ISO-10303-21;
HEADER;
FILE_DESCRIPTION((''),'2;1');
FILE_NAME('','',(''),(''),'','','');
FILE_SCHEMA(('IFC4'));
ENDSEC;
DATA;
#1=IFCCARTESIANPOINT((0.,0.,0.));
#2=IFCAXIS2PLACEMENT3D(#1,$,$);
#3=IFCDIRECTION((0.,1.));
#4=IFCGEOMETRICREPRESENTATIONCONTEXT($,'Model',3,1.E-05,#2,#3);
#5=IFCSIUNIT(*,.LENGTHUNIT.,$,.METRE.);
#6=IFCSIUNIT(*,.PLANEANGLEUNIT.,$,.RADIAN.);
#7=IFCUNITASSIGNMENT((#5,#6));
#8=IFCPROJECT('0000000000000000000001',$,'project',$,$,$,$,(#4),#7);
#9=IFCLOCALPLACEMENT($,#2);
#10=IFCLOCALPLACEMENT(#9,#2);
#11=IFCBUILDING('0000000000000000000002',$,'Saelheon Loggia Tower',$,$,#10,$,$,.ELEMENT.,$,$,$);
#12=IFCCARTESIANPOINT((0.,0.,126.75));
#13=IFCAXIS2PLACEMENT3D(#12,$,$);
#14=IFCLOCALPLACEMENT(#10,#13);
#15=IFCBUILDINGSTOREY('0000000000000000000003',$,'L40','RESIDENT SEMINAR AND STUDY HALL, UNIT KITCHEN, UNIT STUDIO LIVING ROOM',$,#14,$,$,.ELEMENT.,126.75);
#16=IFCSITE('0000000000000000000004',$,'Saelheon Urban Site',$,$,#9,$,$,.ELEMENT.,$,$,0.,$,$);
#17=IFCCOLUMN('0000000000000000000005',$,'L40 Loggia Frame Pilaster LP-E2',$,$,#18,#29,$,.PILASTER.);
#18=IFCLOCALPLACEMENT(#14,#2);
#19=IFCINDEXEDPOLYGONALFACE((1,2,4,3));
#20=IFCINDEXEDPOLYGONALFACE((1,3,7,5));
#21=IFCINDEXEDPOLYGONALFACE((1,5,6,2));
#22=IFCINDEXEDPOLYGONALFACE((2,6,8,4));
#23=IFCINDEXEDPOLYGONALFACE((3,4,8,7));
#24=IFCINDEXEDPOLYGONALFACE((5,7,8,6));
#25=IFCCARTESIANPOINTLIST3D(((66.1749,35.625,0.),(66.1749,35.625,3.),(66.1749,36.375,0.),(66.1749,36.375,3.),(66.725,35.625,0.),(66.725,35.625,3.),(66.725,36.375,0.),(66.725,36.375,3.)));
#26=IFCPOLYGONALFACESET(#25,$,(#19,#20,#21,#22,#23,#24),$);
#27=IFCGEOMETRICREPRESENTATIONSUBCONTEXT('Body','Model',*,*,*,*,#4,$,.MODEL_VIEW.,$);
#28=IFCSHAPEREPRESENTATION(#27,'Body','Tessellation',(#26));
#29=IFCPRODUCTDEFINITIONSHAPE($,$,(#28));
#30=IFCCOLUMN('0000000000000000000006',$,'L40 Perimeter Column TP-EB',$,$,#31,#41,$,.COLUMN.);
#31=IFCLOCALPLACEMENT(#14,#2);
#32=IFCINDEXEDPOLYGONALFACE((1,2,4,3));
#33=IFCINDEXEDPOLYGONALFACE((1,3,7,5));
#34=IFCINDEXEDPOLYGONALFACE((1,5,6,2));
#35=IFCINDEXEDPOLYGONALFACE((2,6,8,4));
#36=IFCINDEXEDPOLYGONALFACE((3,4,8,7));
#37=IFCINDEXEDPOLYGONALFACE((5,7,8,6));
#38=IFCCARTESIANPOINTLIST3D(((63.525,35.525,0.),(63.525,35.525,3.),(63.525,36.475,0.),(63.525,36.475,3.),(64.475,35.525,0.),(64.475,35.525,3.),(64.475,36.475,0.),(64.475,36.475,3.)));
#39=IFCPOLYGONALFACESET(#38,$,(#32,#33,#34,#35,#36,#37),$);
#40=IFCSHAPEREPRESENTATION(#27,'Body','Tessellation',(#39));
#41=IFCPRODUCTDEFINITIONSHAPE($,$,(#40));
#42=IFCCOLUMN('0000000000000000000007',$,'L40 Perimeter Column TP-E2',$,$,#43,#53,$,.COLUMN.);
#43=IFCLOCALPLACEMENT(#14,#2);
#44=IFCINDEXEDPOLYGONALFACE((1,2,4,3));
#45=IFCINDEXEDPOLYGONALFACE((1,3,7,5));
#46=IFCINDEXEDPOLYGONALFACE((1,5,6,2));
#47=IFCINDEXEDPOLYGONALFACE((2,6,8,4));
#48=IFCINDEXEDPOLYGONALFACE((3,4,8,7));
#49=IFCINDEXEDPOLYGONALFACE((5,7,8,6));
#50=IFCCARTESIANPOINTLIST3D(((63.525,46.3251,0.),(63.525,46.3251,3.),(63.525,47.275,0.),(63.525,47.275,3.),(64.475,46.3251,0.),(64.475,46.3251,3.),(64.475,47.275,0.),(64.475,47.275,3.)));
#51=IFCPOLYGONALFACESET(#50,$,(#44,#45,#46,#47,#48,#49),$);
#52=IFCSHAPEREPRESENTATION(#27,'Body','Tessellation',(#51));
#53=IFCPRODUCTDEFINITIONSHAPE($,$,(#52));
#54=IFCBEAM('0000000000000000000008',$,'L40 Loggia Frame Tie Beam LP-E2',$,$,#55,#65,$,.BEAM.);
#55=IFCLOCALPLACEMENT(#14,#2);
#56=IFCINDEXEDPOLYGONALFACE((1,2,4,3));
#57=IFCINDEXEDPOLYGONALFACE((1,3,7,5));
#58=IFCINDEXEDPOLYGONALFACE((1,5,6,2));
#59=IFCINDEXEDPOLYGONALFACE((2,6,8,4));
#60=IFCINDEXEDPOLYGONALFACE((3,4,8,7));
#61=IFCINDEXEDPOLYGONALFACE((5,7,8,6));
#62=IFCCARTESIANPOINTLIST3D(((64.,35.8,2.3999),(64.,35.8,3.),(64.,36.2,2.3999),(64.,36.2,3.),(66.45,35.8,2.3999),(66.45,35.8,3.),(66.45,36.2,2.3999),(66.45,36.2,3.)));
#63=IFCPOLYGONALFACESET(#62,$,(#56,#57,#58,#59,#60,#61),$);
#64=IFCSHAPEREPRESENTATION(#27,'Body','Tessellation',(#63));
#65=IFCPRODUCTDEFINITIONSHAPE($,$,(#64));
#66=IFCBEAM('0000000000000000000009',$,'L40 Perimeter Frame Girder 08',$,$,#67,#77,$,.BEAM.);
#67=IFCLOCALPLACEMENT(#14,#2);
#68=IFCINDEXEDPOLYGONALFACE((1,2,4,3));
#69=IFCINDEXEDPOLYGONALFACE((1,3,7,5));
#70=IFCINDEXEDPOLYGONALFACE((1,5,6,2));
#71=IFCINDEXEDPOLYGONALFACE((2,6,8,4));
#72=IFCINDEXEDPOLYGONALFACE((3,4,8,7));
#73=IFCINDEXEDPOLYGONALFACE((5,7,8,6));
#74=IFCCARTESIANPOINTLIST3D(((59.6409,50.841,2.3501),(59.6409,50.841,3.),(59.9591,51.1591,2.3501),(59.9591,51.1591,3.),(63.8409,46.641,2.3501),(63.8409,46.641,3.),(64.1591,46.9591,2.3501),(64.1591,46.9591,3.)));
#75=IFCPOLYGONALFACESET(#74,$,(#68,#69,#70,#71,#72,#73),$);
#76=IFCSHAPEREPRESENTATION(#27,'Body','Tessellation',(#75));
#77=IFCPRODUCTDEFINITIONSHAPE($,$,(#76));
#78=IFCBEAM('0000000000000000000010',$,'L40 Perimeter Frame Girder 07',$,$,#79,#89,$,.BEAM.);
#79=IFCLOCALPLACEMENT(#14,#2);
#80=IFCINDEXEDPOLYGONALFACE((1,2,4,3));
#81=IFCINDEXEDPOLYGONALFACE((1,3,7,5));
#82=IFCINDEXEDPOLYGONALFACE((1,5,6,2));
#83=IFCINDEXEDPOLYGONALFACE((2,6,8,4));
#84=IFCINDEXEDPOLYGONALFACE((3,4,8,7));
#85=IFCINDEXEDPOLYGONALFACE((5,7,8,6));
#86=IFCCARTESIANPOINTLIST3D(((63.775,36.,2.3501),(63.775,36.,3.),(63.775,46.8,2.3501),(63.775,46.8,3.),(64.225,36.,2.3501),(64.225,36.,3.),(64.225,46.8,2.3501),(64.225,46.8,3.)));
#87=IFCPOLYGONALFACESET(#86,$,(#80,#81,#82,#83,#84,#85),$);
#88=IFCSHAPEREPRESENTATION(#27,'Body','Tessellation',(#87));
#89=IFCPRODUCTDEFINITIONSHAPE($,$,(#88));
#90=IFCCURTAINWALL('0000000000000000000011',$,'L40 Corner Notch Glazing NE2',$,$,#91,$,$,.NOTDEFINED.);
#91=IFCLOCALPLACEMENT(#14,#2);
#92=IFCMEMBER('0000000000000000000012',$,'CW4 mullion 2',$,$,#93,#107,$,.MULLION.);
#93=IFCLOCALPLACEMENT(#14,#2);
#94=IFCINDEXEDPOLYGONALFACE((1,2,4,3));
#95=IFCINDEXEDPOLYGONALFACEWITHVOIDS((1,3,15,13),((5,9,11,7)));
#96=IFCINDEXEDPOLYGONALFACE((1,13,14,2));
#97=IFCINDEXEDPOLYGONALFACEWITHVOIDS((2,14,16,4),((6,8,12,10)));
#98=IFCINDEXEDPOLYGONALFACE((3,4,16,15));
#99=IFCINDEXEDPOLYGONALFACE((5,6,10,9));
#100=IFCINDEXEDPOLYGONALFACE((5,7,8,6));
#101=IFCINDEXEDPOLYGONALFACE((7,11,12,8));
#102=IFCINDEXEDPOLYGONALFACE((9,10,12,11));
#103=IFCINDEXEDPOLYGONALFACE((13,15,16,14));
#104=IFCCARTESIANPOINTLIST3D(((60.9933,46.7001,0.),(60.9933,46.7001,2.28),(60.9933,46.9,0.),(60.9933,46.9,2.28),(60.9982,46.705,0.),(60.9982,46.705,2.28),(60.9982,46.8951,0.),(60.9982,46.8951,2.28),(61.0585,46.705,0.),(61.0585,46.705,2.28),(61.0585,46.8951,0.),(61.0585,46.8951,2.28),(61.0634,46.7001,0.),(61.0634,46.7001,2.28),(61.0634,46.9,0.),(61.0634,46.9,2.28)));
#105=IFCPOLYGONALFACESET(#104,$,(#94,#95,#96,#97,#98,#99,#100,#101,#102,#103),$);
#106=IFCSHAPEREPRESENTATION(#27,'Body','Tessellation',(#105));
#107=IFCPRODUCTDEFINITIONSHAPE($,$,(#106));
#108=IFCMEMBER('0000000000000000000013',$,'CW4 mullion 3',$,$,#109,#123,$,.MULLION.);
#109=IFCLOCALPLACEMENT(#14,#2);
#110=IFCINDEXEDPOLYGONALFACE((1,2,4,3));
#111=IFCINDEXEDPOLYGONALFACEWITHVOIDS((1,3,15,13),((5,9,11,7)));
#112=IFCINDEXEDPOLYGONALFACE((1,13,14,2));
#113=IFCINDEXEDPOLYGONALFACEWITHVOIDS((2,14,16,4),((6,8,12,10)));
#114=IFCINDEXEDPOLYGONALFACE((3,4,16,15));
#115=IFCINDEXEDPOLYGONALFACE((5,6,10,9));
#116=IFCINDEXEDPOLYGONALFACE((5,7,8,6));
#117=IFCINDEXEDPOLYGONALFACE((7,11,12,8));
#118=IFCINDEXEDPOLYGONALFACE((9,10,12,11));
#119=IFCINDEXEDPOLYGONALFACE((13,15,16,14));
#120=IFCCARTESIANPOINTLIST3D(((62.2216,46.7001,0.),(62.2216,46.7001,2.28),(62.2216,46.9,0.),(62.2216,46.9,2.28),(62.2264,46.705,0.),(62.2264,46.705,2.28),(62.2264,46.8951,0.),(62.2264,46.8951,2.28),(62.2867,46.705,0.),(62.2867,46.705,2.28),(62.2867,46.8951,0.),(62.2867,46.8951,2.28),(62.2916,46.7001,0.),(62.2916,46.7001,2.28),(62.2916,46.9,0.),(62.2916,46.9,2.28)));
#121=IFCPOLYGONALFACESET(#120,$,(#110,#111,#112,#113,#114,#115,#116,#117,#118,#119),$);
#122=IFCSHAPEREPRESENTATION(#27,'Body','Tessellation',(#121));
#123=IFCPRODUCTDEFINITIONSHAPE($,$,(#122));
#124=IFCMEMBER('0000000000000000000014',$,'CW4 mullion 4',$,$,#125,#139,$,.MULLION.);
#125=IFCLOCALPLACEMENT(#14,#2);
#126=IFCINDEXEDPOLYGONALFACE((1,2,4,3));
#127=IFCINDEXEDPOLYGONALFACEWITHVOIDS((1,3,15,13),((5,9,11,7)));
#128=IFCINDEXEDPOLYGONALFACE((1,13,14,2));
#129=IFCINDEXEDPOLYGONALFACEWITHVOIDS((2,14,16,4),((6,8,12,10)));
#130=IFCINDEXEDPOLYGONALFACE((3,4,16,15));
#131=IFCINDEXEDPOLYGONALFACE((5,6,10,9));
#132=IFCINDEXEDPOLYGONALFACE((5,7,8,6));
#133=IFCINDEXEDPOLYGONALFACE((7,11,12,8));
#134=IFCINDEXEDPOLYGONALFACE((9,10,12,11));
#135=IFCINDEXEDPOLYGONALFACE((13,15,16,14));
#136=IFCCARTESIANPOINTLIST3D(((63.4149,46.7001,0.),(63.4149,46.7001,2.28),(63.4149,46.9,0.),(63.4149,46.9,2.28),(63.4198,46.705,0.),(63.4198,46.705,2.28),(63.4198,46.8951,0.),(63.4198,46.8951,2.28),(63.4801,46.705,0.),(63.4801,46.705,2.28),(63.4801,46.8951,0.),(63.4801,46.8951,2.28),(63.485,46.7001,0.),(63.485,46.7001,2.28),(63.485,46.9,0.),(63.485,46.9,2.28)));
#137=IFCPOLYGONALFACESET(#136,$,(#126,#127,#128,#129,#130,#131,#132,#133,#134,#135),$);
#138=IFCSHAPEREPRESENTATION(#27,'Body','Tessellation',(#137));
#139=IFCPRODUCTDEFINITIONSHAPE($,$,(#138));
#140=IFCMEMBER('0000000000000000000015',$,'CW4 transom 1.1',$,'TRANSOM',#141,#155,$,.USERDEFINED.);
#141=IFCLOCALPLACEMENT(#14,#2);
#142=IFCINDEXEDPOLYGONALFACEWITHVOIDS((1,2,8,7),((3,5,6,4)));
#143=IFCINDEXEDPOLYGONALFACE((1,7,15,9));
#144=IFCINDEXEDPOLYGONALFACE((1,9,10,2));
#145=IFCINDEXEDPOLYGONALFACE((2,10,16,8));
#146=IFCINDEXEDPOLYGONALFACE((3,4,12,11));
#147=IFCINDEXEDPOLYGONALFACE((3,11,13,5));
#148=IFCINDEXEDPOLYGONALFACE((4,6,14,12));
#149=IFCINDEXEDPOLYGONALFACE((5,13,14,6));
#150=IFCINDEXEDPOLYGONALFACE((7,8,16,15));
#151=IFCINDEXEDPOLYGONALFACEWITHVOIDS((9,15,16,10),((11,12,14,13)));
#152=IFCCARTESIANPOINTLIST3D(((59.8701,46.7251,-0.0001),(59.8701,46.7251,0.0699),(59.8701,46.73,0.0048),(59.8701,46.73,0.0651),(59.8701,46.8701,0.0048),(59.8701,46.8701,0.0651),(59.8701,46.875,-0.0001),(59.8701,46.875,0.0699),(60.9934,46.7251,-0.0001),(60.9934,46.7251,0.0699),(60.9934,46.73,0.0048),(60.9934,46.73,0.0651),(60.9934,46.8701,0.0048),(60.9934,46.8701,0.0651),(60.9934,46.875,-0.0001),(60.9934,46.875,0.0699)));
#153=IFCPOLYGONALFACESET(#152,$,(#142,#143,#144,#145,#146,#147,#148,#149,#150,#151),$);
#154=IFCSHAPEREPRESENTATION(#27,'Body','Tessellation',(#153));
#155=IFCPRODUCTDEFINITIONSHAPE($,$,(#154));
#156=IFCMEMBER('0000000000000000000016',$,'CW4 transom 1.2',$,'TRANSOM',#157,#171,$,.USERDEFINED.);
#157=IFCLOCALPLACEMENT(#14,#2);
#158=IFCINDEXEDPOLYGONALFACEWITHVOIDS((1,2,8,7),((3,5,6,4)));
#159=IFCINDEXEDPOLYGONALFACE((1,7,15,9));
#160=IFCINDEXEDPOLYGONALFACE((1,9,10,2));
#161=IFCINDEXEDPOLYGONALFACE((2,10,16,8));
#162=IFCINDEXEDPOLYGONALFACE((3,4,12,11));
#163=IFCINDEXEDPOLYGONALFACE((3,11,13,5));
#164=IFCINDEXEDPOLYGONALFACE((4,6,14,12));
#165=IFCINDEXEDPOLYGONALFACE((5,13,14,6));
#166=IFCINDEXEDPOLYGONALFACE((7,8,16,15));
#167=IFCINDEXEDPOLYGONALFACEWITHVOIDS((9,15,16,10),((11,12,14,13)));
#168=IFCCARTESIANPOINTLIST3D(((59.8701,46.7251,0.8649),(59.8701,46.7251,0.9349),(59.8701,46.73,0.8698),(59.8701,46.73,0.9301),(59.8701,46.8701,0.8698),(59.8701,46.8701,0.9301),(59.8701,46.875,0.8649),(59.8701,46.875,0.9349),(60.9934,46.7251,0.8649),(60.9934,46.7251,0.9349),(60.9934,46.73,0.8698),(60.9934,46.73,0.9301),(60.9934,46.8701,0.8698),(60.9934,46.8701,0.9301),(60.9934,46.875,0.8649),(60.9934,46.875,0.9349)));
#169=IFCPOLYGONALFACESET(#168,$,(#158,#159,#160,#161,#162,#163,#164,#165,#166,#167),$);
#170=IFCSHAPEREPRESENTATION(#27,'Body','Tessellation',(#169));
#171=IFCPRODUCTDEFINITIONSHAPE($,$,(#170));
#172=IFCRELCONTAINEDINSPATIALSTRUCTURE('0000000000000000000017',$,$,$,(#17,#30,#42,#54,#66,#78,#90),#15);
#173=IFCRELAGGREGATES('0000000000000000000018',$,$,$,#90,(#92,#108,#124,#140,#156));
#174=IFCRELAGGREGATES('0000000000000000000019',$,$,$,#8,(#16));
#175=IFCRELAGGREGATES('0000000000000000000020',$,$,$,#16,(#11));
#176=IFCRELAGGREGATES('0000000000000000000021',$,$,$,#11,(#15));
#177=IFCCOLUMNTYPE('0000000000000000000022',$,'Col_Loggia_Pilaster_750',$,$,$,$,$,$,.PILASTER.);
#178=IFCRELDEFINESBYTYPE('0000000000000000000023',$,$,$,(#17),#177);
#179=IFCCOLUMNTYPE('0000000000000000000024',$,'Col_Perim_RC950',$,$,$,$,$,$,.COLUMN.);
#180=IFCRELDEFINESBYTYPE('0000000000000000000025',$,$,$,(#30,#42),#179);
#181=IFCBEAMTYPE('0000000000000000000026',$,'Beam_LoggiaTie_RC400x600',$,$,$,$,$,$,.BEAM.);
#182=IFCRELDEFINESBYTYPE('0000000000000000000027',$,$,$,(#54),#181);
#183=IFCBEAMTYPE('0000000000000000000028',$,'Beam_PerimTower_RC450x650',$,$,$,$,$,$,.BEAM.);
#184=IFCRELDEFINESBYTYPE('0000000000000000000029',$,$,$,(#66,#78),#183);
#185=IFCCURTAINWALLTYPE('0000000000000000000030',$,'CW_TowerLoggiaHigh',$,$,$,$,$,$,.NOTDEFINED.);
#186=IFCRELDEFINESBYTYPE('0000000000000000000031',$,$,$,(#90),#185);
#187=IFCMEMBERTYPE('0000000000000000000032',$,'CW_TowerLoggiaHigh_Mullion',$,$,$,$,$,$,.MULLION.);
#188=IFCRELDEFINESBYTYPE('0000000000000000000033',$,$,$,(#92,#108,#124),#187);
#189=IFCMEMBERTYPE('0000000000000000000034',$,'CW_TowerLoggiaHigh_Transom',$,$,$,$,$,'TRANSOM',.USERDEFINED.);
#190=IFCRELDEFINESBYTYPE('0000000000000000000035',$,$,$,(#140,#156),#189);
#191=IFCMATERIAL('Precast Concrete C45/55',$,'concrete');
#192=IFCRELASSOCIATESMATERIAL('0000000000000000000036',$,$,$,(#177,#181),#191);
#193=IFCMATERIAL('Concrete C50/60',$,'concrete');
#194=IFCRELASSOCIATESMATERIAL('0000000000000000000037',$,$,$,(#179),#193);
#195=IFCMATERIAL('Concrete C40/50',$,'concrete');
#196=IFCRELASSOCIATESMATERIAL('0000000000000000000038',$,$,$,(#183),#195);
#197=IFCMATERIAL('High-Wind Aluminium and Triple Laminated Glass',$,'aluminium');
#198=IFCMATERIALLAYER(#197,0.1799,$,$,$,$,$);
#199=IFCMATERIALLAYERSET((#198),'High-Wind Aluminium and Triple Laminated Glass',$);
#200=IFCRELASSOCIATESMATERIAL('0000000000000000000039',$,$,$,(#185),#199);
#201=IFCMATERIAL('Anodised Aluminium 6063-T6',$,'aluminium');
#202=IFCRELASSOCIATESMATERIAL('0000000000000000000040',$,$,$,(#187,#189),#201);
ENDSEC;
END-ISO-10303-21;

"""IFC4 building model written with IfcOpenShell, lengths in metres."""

from ifc_helpers import new_model, si_unit, direction, frame, origin, origin_2d, place, context, subcontext, project, spatial, rectangle, hollow_rectangle, extrude, source, transform, mapped, material, layer, layer_set, material_profile, profile_set, type_object, element, aggregate, save


model = new_model("IFC4")

# Units and contexts
model_context = context("Model", 3, precision=1e-05, world=origin(), true_north=direction((0.0, 1.0)))
body_context = subcontext(model_context, "Body", "Model", "MODEL_VIEW")
ifc_project = project(units=[si_unit("LENGTHUNIT", "METRE"), si_unit("PLANEANGLEUNIT", "RADIAN")], contexts=[model_context])

# Site, building, storey
site_placement = place(None, origin())
site = spatial("IfcSite", under=ifc_project, at=site_placement, Name="Saelheon Urban Site", CompositionType="ELEMENT", RefElevation=0.0)
building_placement = place(site_placement, origin())
building = spatial("IfcBuilding", under=site, at=building_placement, Name="Saelheon Loggia Tower", CompositionType="ELEMENT")
storey_placement = place(building_placement, frame((0.0, 0.0, 126.75)))
storey = spatial("IfcBuildingStorey", under=building, at=storey_placement, Name="L40", Description="RESIDENT SEMINAR AND STUDY HALL, UNIT KITCHEN, UNIT STUDIO LIVING ROOM", CompositionType="ELEMENT", Elevation=126.75)

# Columns
ifc_material_1 = material(Name="Precast Concrete C45/55", Category="concrete")
ifc_material_profile_1 = material_profile(ifc_material_1, rectangle(XDim=0.55, YDim=0.75, at=origin_2d()), Name="RC-550x750")
ifc_profile_set_1 = profile_set([ifc_material_profile_1], Name="Precast Concrete C45/55")
column_type_1 = type_object("IfcColumnType", Name="Col_Loggia_Pilaster_750", PredefinedType="PILASTER", material=ifc_profile_set_1)
shared_shape_1 = source(origin(), body_context, "Body", "SweptSolid", [
    extrude(rectangle(XDim=0.55, YDim=0.75, at=origin_2d()), origin(), (0.0, 0.0, 1.0), 3.0),
])
column_placement = place(storey_placement, frame((66.45, 36.0, 0.0), z_axis=(0.0, 0.0, 1.0), x_axis=(1.0, 0.0, 0.0)))
element("IfcColumn", 1, at=column_placement, inside=storey, type_object=column_type_1, Name="L40 Loggia Frame Pilaster LP-E2", PredefinedType="PILASTER", context=body_context, shape_type="MappedRepresentation", body=[
    mapped(shared_shape_1, transform((0.0, 0.0, 0.0), scale=1.0)),
])
ifc_material_2 = material(Name="Concrete C50/60", Category="concrete")
ifc_material_profile_2 = material_profile(ifc_material_2, rectangle(XDim=0.95, YDim=0.95, at=origin_2d()), Name="RC-950x950")
ifc_profile_set_2 = profile_set([ifc_material_profile_2], Name="Concrete C50/60")
column_type_2 = type_object("IfcColumnType", Name="Col_Perim_RC950", PredefinedType="COLUMN", material=ifc_profile_set_2)
shared_shape_2 = source(origin(), body_context, "Body", "SweptSolid", [
    extrude(rectangle(XDim=0.95, YDim=0.95, at=origin_2d()), origin(), (0.0, 0.0, 1.0), 3.0),
])
for number, where, z_axis, x_axis, name in (
    (2, (64.0, 36.0, 0.0), (0.0, 0.0, 1.0), (1.0, 0.0, 0.0), "L40 Perimeter Column TP-EB"),
    (3, (64.0, 46.8, 0.0), (0.0, 0.0, 1.0), (1.0, 0.0, 0.0), "L40 Perimeter Column TP-E2"),
):
    element("IfcColumn", number, at=place(storey_placement, frame(where, z_axis=z_axis, x_axis=x_axis)), inside=storey, type_object=column_type_2, Name=name, PredefinedType="COLUMN", context=body_context, shape_type="MappedRepresentation", body=[
        mapped(shared_shape_2, transform((0.0, 0.0, 0.0), scale=1.0)),
    ])

# Beams
ifc_material_profile_3 = material_profile(ifc_material_1, rectangle(XDim=0.3999, YDim=0.6001, at=origin_2d()), Name="RC-400x600")
ifc_profile_set_3 = profile_set([ifc_material_profile_3], Name="Precast Concrete C45/55")
beam_type_1 = type_object("IfcBeamType", Name="Beam_LoggiaTie_RC400x600", PredefinedType="BEAM", material=ifc_profile_set_3)
shared_shape_3 = source(origin(), body_context, "Body", "SweptSolid", [
    extrude(rectangle(XDim=0.3999, YDim=0.6001, at=origin_2d()), origin(), (0.0, 0.0, 1.0), 2.45),
])
beam_1_placement = place(storey_placement, frame((64.0, 36.0, 2.7), z_axis=(1.0, 0.0, 0.0), x_axis=(0.0, 1.0, 0.0)))
element("IfcBeam", 4, at=beam_1_placement, inside=storey, type_object=beam_type_1, Name="L40 Loggia Frame Tie Beam LP-E2", PredefinedType="BEAM", context=body_context, shape_type="MappedRepresentation", body=[
    mapped(shared_shape_3, transform((0.0, 0.0, 0.0), scale=1.0)),
])
ifc_material_3 = material(Name="Concrete C40/50", Category="concrete")
ifc_material_profile_4 = material_profile(ifc_material_3, rectangle(XDim=0.45, YDim=0.6499, at=origin_2d()), Name="RC-450x650")
ifc_profile_set_4 = profile_set([ifc_material_profile_4], Name="Concrete C40/50")
beam_type_2 = type_object("IfcBeamType", Name="Beam_PerimTower_RC450x650", PredefinedType="BEAM", material=ifc_profile_set_4)
shared_shape_4 = source(origin(), body_context, "Body", "SweptSolid", [
    extrude(rectangle(XDim=0.45, YDim=0.6499, at=origin_2d()), origin(), (0.0, 0.0, 1.0), 5.9397),
])
beam_2_placement = place(storey_placement, frame((64.0, 46.8, 2.675), z_axis=(-0.707107, 0.707107, 0.0), x_axis=(-0.707107, -0.707107, 0.0)))
element("IfcBeam", 5, at=beam_2_placement, inside=storey, type_object=beam_type_2, Name="L40 Perimeter Frame Girder 08", PredefinedType="BEAM", context=body_context, shape_type="MappedRepresentation", body=[
    mapped(shared_shape_4, transform((0.0, 0.0, 0.0), scale=1.0)),
])
shared_shape_5 = source(origin(), body_context, "Body", "SweptSolid", [
    extrude(rectangle(XDim=0.45, YDim=0.6499, at=origin_2d()), origin(), (0.0, 0.0, 1.0), 10.8),
])
beam_3_placement = place(storey_placement, frame((64.0, 36.0, 2.675), z_axis=(0.0, 1.0, 0.0), x_axis=(-1.0, 0.0, 0.0)))
element("IfcBeam", 6, at=beam_3_placement, inside=storey, type_object=beam_type_2, Name="L40 Perimeter Frame Girder 07", PredefinedType="BEAM", context=body_context, shape_type="MappedRepresentation", body=[
    mapped(shared_shape_5, transform((0.0, 0.0, 0.0), scale=1.0)),
])

# Curtain wall, members
ifc_material_4 = material(Name="High-Wind Aluminium and Triple Laminated Glass", Category="aluminium")
ifc_layer_1 = layer(ifc_material_4, 0.1799)
ifc_layer_set_1 = layer_set([ifc_layer_1], Name="High-Wind Aluminium and Triple Laminated Glass")
curtain_wall_type = type_object("IfcCurtainWallType", Name="CW_TowerLoggiaHigh", PredefinedType="NOTDEFINED", material=ifc_layer_set_1)
curtain_wall_placement = place(storey_placement, origin())
curtain_wall = element("IfcCurtainWall", 7, at=curtain_wall_placement, inside=storey, type_object=curtain_wall_type, Name="L40 Corner Notch Glazing NE2", PredefinedType="NOTDEFINED")
ifc_material_5 = material(Name="Anodised Aluminium 6063-T6", Category="aluminium")
ifc_material_profile_5 = material_profile(ifc_material_5, hollow_rectangle(XDim=0.0701, YDim=0.2, WallThickness=0.0049, at=origin_2d()), Name="RHS-200x70x5")
ifc_profile_set_5 = profile_set([ifc_material_profile_5], Name="Anodised Aluminium 6063-T6")
member_type_1 = type_object("IfcMemberType", Name="CW_TowerLoggiaHigh_Mullion", PredefinedType="MULLION", material=ifc_profile_set_5)
shared_shape_6 = source(origin(), body_context, "Body", "SweptSolid", [
    extrude(hollow_rectangle(XDim=0.0701, YDim=0.2, WallThickness=0.0049, at=origin_2d()), origin(), (0.0, 0.0, 1.0), 2.28),
])
member_1_placement = place(storey_placement, frame((61.0283, 46.8, 0.0), z_axis=(0.0, 0.0, 1.0), x_axis=(1.0, 0.0, 0.0)))
member_1 = element("IfcMember", 8, at=member_1_placement, type_object=member_type_1, Name="CW4 mullion 2", PredefinedType="MULLION", context=body_context, shape_type="MappedRepresentation", body=[
    mapped(shared_shape_6, transform((0.0, 0.0, 0.0), scale=1.0)),
])
member_2_placement = place(storey_placement, frame((62.2566, 46.8, 0.0), z_axis=(0.0, 0.0, 1.0), x_axis=(1.0, 0.0, 0.0)))
member_2 = element("IfcMember", 9, at=member_2_placement, type_object=member_type_1, Name="CW4 mullion 3", PredefinedType="MULLION", context=body_context, shape_type="MappedRepresentation", body=[
    mapped(shared_shape_6, transform((0.0, 0.0, 0.0), scale=1.0)),
])
member_3_placement = place(storey_placement, frame((63.45, 46.8, 0.0), z_axis=(0.0, 0.0, 1.0), x_axis=(1.0, 0.0, 0.0)))
member_3 = element("IfcMember", 10, at=member_3_placement, type_object=member_type_1, Name="CW4 mullion 4", PredefinedType="MULLION", context=body_context, shape_type="MappedRepresentation", body=[
    mapped(shared_shape_6, transform((0.0, 0.0, 0.0), scale=1.0)),
])
ifc_material_profile_6 = material_profile(ifc_material_5, hollow_rectangle(XDim=0.0701, YDim=0.1499, WallThickness=0.0049, at=origin_2d()), Name="RHS-150x70x5")
ifc_profile_set_6 = profile_set([ifc_material_profile_6], Name="Anodised Aluminium 6063-T6")
member_type_2 = type_object("IfcMemberType", Name="CW_TowerLoggiaHigh_Transom", ElementType="TRANSOM", PredefinedType="USERDEFINED", material=ifc_profile_set_6)
shared_shape_7 = source(origin(), body_context, "Body", "SweptSolid", [
    extrude(hollow_rectangle(XDim=0.0701, YDim=0.1499, WallThickness=0.0049, at=origin_2d()), origin(), (0.0, 0.0, 1.0), 1.1233),
])
member_4_placement = place(storey_placement, frame((59.8701, 46.8, 0.0349), z_axis=(1.0, 0.0, 0.0), x_axis=(0.0, 0.0, 1.0)))
member_4 = element("IfcMember", 11, at=member_4_placement, type_object=member_type_2, Name="CW4 transom 1.1", ObjectType="TRANSOM", PredefinedType="USERDEFINED", context=body_context, shape_type="MappedRepresentation", body=[
    mapped(shared_shape_7, transform((0.0, 0.0, 0.0), scale=1.0)),
])
member_5_placement = place(storey_placement, frame((59.8701, 46.8, 0.8999), z_axis=(1.0, 0.0, 0.0), x_axis=(0.0, 0.0, 1.0)))
member_5 = element("IfcMember", 12, at=member_5_placement, type_object=member_type_2, Name="CW4 transom 1.2", ObjectType="TRANSOM", PredefinedType="USERDEFINED", context=body_context, shape_type="MappedRepresentation", body=[
    mapped(shared_shape_7, transform((0.0, 0.0, 0.0), scale=1.0)),
])
aggregate(curtain_wall, [member_1, member_2, member_3, member_4, member_5])

save(model, "model.ifc")
